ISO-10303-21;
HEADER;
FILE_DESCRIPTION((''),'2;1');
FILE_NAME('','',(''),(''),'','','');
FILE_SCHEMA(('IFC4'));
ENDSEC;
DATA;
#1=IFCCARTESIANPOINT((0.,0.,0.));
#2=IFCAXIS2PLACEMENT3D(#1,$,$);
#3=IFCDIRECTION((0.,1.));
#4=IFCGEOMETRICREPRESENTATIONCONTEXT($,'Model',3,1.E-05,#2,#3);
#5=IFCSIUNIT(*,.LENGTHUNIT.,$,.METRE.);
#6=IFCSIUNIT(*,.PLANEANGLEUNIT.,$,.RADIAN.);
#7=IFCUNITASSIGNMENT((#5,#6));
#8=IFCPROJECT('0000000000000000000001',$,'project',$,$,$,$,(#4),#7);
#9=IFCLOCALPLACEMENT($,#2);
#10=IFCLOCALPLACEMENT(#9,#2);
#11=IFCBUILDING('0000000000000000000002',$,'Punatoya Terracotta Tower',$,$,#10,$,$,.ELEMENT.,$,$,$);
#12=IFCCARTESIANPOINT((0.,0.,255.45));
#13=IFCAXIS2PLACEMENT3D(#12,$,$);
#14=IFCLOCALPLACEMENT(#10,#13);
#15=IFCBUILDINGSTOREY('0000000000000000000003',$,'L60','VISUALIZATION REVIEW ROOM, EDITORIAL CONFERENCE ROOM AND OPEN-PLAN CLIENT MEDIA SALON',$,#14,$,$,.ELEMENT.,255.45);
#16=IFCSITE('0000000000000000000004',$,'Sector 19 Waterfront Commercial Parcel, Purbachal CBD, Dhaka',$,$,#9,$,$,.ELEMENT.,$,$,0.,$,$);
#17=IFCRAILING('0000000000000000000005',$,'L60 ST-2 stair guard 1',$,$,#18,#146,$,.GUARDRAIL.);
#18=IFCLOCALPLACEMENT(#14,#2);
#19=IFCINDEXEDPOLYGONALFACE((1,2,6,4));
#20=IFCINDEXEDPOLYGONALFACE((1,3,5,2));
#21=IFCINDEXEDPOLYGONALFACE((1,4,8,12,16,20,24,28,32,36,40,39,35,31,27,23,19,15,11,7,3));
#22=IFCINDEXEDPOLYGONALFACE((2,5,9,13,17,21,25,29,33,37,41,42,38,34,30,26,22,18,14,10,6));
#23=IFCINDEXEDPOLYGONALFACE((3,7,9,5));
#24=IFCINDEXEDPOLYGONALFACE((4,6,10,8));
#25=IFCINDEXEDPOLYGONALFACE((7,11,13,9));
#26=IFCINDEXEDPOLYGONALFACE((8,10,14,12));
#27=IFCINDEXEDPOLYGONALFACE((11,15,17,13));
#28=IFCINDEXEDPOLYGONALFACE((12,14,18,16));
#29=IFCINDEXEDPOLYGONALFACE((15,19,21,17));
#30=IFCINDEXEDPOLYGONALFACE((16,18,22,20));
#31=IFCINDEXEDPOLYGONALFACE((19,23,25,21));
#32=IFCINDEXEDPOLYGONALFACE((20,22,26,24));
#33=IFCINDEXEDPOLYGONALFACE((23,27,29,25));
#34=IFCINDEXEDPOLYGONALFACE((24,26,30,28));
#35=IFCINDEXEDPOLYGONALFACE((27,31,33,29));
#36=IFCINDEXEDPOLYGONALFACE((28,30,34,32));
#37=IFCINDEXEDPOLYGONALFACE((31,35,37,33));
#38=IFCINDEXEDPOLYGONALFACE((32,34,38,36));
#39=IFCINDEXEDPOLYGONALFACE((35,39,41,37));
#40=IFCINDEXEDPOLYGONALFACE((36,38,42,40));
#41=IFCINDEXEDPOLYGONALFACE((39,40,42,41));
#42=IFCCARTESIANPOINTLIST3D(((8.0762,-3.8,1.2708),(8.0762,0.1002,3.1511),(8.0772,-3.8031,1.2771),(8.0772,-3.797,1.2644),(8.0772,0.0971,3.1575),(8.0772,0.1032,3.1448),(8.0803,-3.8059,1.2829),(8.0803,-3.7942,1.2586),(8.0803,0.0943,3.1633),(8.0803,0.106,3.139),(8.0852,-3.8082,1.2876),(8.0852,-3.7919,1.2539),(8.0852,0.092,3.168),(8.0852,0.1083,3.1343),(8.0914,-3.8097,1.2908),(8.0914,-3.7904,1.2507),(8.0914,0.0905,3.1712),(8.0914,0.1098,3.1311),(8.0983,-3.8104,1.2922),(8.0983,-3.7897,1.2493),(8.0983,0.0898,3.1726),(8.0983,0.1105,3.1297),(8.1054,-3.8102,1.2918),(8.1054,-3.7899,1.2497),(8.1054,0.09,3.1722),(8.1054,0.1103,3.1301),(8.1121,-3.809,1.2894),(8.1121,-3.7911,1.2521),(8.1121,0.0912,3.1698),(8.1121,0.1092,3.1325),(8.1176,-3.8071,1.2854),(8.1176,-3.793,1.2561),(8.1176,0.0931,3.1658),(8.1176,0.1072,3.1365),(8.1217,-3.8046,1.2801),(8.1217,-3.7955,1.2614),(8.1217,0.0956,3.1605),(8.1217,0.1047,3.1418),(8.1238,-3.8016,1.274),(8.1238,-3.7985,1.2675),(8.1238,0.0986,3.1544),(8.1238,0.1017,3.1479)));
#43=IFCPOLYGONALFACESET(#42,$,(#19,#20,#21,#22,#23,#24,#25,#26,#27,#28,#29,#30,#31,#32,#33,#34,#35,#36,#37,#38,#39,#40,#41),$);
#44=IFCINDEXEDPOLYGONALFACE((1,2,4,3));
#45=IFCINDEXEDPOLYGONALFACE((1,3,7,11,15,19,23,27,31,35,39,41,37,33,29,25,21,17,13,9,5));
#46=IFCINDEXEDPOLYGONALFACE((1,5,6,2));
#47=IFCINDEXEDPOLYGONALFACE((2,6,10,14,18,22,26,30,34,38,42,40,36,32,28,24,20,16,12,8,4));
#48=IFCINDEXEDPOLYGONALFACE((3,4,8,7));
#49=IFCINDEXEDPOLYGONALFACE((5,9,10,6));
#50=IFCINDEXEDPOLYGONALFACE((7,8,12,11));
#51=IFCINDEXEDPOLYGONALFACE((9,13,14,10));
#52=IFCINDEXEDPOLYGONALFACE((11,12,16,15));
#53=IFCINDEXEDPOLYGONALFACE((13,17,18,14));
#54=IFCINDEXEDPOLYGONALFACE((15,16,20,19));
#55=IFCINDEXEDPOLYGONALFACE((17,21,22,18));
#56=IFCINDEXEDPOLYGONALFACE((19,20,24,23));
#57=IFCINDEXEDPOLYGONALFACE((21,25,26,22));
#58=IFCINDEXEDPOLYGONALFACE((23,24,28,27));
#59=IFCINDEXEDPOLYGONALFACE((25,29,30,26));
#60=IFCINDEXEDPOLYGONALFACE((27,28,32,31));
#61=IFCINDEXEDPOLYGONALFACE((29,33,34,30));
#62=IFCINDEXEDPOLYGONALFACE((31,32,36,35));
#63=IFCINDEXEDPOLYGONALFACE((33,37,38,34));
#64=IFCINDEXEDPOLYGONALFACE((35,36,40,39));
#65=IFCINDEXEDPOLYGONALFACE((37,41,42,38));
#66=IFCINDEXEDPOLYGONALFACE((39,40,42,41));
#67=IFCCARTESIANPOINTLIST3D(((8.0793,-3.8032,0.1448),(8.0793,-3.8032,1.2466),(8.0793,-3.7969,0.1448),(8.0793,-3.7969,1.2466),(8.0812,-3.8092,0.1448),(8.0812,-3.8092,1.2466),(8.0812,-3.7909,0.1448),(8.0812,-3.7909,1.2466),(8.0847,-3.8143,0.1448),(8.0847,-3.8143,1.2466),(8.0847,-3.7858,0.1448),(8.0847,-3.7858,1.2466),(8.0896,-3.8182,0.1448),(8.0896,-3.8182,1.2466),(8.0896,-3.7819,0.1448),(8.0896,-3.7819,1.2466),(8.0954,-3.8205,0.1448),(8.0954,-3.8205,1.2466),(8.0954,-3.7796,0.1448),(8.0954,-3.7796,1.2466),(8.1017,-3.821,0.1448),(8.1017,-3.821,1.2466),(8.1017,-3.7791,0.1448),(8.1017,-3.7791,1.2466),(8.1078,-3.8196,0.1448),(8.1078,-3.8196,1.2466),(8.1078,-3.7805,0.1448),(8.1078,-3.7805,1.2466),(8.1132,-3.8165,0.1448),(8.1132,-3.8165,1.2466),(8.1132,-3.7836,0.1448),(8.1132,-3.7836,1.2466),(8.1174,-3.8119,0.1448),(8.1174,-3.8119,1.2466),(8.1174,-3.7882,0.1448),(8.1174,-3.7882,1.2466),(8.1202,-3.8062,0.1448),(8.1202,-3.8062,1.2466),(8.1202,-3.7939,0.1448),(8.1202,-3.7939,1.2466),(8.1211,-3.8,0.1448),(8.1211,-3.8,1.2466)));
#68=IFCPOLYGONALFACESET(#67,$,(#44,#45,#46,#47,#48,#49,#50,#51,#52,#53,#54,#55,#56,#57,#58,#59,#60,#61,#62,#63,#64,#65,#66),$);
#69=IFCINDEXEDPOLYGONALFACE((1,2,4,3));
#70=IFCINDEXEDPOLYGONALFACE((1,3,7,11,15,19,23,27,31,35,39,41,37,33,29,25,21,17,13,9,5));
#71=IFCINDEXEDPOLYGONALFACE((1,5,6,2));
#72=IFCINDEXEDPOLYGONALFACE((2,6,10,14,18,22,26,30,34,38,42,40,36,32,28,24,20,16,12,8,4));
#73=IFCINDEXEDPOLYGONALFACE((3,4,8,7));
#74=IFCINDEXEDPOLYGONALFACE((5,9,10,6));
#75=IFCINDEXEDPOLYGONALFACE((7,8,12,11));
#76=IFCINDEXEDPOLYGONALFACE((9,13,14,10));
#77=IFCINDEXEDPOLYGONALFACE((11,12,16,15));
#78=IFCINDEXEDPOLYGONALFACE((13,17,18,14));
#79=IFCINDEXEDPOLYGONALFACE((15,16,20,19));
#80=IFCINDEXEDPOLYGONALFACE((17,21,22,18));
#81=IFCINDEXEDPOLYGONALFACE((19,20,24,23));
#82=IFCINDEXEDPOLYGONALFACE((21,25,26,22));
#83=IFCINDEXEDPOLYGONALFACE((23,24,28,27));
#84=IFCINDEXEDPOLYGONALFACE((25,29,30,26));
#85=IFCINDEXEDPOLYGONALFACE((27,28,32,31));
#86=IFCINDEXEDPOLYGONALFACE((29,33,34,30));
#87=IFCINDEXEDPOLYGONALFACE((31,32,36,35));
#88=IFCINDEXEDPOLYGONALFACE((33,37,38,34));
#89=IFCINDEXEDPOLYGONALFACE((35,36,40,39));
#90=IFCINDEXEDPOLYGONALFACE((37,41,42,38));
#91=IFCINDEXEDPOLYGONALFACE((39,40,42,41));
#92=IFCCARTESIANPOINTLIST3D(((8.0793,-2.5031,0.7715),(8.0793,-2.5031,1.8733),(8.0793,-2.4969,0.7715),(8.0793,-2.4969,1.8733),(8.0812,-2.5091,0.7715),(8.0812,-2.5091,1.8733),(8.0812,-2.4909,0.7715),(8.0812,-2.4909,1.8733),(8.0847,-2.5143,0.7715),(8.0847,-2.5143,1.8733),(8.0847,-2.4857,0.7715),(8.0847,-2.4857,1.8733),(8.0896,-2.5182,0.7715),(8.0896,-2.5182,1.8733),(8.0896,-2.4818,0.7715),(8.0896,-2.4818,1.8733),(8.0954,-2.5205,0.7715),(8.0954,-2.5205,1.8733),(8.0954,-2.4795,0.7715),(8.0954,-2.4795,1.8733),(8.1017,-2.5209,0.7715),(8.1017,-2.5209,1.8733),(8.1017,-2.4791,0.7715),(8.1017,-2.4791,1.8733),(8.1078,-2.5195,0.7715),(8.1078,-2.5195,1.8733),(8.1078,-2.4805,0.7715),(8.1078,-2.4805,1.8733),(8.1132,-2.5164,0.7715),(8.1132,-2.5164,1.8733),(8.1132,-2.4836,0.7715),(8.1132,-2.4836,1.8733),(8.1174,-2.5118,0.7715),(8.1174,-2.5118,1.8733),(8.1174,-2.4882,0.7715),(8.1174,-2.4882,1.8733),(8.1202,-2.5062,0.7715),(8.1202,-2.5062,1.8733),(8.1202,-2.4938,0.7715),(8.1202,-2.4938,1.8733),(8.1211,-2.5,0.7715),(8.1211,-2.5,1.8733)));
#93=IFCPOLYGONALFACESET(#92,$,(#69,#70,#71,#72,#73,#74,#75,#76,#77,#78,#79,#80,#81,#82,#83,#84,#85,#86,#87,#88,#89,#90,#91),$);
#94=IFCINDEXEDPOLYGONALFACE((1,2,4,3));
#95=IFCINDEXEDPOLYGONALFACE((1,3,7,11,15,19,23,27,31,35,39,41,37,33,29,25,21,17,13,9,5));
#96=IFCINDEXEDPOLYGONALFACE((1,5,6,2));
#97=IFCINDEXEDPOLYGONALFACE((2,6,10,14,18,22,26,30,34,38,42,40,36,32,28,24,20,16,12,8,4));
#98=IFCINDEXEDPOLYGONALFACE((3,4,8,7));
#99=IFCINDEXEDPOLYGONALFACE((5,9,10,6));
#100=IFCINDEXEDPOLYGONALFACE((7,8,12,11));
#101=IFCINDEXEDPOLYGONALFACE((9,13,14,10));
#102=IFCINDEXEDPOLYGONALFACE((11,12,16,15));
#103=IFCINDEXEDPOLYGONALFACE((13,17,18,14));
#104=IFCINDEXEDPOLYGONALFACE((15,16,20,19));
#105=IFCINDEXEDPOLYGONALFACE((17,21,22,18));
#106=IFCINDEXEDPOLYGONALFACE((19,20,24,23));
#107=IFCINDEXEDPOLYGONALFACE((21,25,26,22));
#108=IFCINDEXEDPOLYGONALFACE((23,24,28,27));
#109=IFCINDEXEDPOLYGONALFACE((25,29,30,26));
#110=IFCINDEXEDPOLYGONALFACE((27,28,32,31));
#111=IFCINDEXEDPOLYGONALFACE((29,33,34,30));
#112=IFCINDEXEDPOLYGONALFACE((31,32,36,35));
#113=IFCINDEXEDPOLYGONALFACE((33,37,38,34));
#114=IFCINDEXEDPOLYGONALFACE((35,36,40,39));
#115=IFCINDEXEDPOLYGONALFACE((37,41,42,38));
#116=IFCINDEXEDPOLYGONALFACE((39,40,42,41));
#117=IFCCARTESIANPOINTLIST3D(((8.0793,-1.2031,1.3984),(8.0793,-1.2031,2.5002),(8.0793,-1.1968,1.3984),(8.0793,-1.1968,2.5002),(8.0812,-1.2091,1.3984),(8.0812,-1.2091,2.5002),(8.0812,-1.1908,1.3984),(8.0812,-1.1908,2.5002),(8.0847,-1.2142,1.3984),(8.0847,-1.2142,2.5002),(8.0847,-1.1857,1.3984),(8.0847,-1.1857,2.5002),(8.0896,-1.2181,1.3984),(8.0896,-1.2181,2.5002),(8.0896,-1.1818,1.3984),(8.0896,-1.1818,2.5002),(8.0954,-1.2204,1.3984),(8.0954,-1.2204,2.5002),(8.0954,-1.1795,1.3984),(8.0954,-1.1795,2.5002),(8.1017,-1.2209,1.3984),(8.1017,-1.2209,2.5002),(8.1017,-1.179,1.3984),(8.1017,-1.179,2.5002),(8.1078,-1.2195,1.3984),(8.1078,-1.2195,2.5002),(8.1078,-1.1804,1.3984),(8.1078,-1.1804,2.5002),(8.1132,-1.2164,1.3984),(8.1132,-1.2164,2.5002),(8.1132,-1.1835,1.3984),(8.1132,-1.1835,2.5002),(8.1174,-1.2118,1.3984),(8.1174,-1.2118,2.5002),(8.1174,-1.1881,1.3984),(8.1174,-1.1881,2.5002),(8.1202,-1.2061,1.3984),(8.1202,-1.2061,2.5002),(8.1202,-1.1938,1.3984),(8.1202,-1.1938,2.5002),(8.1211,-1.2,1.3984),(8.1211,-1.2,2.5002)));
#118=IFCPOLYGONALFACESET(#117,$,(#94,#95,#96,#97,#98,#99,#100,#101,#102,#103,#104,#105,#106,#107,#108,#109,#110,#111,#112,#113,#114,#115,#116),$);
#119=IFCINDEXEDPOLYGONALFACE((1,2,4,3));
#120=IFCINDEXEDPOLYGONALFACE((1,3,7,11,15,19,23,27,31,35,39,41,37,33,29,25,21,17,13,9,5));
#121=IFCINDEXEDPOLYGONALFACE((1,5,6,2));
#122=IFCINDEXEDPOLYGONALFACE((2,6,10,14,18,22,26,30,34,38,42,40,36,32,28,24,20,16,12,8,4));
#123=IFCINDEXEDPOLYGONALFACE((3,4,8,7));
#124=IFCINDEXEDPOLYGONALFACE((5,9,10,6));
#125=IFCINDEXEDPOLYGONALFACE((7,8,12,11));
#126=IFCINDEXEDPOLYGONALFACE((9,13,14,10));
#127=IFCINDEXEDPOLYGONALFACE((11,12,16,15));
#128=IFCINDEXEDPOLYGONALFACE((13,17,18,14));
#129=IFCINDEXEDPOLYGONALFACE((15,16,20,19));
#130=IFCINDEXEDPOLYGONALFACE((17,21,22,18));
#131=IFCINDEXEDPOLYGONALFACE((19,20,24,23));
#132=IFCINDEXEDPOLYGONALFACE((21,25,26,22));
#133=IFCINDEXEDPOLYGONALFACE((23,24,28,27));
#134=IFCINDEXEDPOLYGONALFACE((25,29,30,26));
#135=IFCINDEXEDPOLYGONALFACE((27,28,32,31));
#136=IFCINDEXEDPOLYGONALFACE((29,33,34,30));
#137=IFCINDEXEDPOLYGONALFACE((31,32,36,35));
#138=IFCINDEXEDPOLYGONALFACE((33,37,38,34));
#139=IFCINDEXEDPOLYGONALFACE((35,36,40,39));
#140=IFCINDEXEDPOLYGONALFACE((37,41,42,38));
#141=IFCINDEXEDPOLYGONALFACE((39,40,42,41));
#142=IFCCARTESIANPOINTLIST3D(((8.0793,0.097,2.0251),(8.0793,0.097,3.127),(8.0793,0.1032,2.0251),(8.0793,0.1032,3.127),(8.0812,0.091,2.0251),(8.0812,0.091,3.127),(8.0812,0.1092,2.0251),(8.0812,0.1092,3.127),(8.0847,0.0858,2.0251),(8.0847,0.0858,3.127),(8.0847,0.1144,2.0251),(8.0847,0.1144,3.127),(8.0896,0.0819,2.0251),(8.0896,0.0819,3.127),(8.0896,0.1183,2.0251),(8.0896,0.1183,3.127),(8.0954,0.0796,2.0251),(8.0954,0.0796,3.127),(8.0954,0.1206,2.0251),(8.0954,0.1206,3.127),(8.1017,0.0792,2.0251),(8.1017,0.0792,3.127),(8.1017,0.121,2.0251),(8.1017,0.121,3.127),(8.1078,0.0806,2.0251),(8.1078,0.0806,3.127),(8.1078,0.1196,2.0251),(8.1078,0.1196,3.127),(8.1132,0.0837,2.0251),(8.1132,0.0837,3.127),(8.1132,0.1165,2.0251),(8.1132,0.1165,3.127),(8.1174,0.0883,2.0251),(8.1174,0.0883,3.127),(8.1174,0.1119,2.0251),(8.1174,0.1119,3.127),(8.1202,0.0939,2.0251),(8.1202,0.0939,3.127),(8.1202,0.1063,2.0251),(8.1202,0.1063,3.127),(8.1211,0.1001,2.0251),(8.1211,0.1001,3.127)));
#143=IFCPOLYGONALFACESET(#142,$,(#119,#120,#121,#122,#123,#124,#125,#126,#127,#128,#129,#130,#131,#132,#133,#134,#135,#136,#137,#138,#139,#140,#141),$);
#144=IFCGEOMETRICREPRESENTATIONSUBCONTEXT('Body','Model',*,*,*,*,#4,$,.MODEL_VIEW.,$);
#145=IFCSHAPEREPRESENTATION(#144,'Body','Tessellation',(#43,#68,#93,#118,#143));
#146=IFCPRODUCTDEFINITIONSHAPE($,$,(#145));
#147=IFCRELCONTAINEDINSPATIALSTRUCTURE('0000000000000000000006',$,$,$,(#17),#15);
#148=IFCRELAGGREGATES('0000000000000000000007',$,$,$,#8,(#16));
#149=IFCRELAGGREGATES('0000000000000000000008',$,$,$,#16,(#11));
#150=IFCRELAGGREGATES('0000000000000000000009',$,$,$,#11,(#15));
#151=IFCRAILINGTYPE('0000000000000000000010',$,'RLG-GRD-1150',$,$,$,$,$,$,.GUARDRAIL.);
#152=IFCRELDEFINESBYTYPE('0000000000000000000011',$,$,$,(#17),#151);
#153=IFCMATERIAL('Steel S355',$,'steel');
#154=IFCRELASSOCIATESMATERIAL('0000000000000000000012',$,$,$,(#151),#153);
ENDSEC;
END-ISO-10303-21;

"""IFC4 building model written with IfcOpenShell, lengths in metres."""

from ifc_helpers import new_model, si_unit, direction, frame, origin, origin_2d, place, context, subcontext, project, spatial, circle, extrude, material, type_object, element, save


model = new_model("IFC4")

# Units and contexts
model_context = context("Model", 3, precision=1e-05, world=origin(), true_north=direction((0.0, 1.0)))
body_context = subcontext(model_context, "Body", "Model", "MODEL_VIEW")
ifc_project = project(units=[si_unit("LENGTHUNIT", "METRE"), si_unit("PLANEANGLEUNIT", "RADIAN")], contexts=[model_context])

# Site, building, storey
site_placement = place(None, origin())
site = spatial("IfcSite", under=ifc_project, at=site_placement, Name="Sector 19 Waterfront Commercial Parcel, Purbachal CBD, Dhaka", CompositionType="ELEMENT", RefElevation=0.0)
building_placement = place(site_placement, origin())
building = spatial("IfcBuilding", under=site, at=building_placement, Name="Punatoya Terracotta Tower", CompositionType="ELEMENT")
storey_placement = place(building_placement, frame((0.0, 0.0, 255.45)))
storey = spatial("IfcBuildingStorey", under=building, at=storey_placement, Name="L60", Description="VISUALIZATION REVIEW ROOM, EDITORIAL CONFERENCE ROOM AND OPEN-PLAN CLIENT MEDIA SALON", CompositionType="ELEMENT", Elevation=255.45)

# Shared definitions
ifc_material_1 = material(Name="Steel S355", Category="steel")

# Railing
railing_type_1 = type_object("IfcRailingType", Name="RLG-GRD-1150", PredefinedType="GUARDRAIL", material=ifc_material_1)
railing_1_placement = place(storey_placement, frame((8.1001, -3.8, 0.1448)))
element("IfcRailing", 1, at=railing_1_placement, inside=storey, type_object=railing_type_1, Name="L60 ST-2 stair guard 1", PredefinedType="GUARDRAIL", context=body_context, shape_type="SweptSolid", body=[
    extrude(circle(Radius=0.0239, at=origin_2d()), frame((0.0, 0.0, 1.126), z_axis=(0.0, 0.900774, 0.434289), x_axis=(-1.0, 0.0, 0.0)), (0.0, 0.0, 1.0), 4.3298),
    extrude(circle(Radius=0.021, at=origin_2d()), origin(), (0.0, 0.0, 1.0), 1.1018),
    extrude(circle(Radius=0.021, at=origin_2d()), frame((0.0, 1.3, 0.6267)), (0.0, 0.0, 1.0), 1.1018),
    extrude(circle(Radius=0.021, at=origin_2d()), frame((0.0, 2.6001, 1.2537)), (0.0, 0.0, 1.0), 1.1018),
    extrude(circle(Radius=0.021, at=origin_2d()), frame((0.0, 3.9001, 1.8804)), (0.0, 0.0, 1.0), 1.1018),
])

save(model, "model.ifc")
